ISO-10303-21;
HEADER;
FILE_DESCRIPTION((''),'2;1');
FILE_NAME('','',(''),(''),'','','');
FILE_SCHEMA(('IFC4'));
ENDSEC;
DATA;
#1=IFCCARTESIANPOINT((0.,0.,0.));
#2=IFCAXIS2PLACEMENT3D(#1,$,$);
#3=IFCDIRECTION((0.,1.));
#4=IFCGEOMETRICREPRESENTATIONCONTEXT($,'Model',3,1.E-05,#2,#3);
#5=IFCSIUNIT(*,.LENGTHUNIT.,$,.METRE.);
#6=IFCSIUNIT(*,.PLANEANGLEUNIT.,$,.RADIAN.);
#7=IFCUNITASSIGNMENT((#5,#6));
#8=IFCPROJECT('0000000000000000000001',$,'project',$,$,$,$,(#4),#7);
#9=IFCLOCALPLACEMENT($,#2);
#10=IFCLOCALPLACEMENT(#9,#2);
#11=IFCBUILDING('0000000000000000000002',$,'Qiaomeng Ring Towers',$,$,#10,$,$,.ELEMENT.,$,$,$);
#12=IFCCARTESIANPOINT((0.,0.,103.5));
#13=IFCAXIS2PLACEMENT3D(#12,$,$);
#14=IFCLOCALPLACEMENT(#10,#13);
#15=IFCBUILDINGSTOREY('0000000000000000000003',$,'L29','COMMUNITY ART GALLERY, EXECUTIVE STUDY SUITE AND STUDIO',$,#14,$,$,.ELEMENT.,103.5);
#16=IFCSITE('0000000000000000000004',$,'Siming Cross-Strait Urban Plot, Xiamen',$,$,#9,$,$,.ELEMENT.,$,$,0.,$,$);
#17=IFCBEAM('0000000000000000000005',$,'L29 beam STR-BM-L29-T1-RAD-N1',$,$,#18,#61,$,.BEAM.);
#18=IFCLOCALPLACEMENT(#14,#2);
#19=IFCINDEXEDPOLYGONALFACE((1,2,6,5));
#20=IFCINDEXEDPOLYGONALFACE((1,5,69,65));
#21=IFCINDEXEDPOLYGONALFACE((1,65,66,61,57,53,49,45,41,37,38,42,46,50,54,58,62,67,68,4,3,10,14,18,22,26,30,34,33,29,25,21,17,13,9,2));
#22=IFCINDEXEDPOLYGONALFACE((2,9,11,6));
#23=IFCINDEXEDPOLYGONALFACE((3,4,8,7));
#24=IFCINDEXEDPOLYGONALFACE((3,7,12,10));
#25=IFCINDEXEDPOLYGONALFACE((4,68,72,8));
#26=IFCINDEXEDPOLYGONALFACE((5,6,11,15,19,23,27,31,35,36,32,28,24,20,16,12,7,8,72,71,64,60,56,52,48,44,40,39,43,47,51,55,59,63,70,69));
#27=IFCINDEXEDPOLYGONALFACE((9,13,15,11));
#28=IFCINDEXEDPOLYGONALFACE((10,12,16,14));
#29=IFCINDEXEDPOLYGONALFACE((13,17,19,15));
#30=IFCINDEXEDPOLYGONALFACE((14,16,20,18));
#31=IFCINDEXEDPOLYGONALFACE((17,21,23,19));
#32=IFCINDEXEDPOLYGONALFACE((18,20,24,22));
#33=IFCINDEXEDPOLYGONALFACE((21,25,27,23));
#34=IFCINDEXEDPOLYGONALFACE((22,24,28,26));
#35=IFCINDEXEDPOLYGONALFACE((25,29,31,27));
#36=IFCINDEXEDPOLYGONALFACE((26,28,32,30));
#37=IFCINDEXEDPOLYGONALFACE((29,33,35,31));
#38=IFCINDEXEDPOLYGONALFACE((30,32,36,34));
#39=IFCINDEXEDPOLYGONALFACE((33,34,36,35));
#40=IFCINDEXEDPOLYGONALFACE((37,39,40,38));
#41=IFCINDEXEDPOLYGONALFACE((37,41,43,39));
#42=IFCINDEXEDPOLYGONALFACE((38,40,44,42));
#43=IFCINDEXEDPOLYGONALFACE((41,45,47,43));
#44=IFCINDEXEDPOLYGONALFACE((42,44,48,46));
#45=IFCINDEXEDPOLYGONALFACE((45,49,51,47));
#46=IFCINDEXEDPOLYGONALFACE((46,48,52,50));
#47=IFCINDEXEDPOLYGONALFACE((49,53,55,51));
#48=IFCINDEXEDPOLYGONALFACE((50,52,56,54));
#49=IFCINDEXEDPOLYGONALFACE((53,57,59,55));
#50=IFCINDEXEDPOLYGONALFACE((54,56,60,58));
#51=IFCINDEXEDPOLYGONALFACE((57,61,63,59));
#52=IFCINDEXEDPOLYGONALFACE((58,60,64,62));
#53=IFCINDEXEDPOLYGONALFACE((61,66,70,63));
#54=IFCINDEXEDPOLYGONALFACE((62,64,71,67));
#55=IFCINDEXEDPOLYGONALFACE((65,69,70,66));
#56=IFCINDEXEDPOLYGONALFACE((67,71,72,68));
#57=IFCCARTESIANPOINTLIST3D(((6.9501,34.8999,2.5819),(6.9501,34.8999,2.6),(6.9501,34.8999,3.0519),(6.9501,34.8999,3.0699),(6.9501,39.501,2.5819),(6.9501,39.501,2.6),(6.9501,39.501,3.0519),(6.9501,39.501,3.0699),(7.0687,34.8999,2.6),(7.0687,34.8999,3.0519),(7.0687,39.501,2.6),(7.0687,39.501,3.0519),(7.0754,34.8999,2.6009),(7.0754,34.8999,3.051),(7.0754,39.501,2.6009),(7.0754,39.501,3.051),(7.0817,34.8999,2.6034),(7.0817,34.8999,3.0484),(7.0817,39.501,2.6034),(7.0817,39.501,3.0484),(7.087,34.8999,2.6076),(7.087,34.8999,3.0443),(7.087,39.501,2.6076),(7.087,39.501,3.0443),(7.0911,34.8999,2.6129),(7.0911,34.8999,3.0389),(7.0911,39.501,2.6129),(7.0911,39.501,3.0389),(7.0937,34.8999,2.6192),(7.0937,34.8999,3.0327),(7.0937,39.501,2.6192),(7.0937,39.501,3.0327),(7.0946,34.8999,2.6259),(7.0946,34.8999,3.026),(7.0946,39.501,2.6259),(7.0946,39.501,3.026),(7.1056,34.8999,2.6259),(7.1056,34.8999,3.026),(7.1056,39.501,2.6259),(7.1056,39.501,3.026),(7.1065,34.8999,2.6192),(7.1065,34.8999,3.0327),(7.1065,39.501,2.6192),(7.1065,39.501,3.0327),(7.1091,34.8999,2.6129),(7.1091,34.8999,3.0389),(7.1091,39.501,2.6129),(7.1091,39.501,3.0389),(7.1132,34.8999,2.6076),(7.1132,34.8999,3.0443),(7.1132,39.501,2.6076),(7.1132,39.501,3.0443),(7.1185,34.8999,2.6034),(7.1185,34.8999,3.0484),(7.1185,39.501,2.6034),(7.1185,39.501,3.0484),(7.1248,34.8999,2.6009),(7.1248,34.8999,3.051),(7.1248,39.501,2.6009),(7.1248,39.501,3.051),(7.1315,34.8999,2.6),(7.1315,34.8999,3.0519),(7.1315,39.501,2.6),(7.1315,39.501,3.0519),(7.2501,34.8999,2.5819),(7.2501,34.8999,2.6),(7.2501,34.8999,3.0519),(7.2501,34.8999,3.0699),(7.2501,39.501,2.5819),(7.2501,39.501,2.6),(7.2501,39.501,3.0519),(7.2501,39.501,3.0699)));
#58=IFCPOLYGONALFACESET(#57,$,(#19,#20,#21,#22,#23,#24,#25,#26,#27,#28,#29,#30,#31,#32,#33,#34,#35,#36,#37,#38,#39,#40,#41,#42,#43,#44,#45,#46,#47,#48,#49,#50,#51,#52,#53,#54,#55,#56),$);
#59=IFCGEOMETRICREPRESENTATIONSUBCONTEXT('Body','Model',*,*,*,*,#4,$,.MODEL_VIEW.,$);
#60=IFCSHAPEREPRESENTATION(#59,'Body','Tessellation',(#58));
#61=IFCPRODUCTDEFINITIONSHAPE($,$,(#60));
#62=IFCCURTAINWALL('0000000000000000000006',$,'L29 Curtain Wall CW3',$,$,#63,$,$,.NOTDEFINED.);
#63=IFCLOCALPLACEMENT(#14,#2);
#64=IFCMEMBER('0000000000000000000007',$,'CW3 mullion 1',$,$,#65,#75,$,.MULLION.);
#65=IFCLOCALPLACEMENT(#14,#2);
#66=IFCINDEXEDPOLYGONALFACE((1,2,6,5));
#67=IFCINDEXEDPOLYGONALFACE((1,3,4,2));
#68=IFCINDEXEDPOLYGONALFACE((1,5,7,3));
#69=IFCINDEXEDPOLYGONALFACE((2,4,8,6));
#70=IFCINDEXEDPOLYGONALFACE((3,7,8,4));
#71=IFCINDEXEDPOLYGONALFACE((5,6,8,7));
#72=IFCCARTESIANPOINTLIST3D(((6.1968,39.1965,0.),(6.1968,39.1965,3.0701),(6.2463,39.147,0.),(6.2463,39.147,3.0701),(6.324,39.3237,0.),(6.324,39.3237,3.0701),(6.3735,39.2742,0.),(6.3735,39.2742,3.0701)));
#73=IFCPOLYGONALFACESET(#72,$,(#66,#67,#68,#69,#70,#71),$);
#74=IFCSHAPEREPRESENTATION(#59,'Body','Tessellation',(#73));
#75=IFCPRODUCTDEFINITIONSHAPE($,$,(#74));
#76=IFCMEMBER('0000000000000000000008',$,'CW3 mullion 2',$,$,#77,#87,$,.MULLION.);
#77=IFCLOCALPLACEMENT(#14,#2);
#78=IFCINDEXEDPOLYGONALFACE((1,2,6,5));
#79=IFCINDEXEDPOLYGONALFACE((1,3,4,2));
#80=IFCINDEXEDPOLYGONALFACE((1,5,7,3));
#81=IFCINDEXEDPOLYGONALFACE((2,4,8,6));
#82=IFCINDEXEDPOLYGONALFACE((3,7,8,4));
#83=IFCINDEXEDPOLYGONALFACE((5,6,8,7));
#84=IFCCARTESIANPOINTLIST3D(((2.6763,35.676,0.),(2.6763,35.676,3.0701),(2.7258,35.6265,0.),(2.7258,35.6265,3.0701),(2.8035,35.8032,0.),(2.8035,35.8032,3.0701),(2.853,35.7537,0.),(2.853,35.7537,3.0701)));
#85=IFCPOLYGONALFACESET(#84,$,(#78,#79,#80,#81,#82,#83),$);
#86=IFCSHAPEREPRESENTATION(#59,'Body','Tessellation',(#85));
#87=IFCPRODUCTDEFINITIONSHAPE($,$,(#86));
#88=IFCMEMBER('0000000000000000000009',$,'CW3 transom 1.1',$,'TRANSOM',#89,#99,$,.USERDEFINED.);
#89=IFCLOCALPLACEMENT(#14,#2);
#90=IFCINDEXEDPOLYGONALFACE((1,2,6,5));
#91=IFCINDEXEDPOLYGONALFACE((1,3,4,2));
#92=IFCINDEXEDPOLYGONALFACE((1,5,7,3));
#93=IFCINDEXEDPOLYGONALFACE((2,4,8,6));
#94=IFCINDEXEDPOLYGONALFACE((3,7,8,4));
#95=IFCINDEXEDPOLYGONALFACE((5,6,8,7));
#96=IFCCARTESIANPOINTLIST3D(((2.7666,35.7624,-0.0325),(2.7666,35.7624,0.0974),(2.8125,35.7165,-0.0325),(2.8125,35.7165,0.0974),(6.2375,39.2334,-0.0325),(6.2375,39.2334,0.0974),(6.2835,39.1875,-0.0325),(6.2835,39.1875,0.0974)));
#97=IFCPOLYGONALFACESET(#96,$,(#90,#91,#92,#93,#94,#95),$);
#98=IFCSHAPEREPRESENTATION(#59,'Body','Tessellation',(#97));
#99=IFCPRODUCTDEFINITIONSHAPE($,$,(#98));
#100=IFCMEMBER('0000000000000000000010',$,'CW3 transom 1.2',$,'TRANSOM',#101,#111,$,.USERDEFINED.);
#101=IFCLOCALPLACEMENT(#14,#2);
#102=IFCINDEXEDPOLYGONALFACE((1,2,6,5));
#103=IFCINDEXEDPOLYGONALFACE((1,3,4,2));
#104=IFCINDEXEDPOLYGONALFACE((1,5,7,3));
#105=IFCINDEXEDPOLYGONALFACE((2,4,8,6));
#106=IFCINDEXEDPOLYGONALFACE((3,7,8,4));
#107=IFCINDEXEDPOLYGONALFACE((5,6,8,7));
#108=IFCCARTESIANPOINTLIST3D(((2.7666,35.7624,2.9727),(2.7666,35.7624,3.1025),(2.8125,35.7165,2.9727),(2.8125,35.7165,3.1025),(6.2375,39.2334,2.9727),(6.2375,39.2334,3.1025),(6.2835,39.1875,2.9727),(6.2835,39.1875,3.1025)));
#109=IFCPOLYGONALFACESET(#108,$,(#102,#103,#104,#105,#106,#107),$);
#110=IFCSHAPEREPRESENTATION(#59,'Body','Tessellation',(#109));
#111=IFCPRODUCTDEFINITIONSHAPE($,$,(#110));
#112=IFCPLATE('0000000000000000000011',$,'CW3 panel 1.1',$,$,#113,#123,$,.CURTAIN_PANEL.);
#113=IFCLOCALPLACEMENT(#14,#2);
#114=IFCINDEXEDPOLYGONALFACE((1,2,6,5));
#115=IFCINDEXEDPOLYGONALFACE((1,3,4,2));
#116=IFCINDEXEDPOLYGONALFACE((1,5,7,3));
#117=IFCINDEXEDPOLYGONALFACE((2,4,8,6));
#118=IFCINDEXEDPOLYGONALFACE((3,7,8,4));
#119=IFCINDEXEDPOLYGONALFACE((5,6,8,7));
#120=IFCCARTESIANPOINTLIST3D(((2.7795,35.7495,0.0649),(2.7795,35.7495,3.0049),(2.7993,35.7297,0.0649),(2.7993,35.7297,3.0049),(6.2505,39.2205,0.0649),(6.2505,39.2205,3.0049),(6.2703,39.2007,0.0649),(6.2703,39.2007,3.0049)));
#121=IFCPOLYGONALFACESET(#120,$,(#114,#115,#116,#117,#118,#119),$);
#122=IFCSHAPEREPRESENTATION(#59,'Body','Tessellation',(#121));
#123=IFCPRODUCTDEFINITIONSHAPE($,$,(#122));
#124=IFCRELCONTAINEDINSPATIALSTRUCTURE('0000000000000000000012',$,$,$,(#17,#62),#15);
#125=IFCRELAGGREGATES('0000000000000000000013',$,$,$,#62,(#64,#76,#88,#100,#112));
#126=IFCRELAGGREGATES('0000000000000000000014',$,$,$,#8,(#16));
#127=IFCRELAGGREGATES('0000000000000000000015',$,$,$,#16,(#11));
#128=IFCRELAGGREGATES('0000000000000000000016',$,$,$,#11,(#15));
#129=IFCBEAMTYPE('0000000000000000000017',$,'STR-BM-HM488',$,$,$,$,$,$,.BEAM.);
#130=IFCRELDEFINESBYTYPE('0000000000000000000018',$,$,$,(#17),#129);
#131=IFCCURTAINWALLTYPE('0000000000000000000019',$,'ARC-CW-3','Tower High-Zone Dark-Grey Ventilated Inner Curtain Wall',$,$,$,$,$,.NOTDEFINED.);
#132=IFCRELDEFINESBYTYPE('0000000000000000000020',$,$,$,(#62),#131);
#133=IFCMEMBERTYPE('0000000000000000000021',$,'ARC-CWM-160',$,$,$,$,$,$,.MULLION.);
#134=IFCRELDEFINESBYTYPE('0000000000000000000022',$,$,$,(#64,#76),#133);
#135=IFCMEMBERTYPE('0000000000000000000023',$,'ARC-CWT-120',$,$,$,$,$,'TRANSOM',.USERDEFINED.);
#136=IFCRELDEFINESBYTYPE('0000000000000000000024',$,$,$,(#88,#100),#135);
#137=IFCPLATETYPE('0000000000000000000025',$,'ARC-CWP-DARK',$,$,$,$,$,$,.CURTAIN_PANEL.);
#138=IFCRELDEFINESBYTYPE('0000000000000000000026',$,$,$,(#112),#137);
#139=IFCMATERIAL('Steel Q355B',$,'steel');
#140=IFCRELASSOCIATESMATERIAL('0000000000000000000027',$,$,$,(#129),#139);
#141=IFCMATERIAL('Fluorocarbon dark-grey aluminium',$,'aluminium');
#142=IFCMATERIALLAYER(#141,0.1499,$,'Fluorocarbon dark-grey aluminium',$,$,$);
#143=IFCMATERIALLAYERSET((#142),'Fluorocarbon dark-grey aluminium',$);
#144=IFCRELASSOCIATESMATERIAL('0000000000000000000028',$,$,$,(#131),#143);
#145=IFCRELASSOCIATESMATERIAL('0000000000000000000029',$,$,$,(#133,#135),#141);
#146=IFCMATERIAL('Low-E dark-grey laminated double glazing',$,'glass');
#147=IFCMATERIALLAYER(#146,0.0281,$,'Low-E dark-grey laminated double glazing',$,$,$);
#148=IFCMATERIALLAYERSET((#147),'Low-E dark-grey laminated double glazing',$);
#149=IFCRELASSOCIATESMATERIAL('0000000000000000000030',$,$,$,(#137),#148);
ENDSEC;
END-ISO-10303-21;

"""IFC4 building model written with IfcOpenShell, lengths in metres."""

from ifc_helpers import new_model, si_unit, direction, frame, origin, origin_2d, place, context, subcontext, project, spatial, rectangle, i_section, extrude, source, transform, mapped, material, layer, layer_set, material_profile, profile_set, type_object, element, aggregate, save


model = new_model("IFC4")

# Units and contexts
model_context = context("Model", 3, precision=1e-05, world=origin(), true_north=direction((0.0, 1.0)))
body_context = subcontext(model_context, "Body", "Model", "MODEL_VIEW")
ifc_project = project(units=[si_unit("LENGTHUNIT", "METRE"), si_unit("PLANEANGLEUNIT", "RADIAN")], contexts=[model_context])

# Site, building, storey
site_placement = place(None, origin())
site = spatial("IfcSite", under=ifc_project, at=site_placement, Name="Siming Cross-Strait Urban Plot, Xiamen", CompositionType="ELEMENT", RefElevation=0.0)
building_placement = place(site_placement, origin())
building = spatial("IfcBuilding", under=site, at=building_placement, Name="Qiaomeng Ring Towers", CompositionType="ELEMENT")
storey_placement = place(building_placement, frame((0.0, 0.0, 103.5)))
storey = spatial("IfcBuildingStorey", under=building, at=storey_placement, Name="L29", Description="COMMUNITY ART GALLERY, EXECUTIVE STUDY SUITE AND STUDIO", CompositionType="ELEMENT", Elevation=103.5)

# Beam
ifc_material_1 = material(Name="Steel Q355B", Category="steel")
ifc_material_profile_1 = material_profile(ifc_material_1, i_section(OverallWidth=0.3, OverallDepth=0.488, WebThickness=0.011, FlangeThickness=0.0181, FilletRadius=0.0259, at=origin_2d()), Name="HM 488x300x11x18")
ifc_profile_set_1 = profile_set([ifc_material_profile_1], Name="Steel Q355B")
beam_type_1 = type_object("IfcBeamType", Name="STR-BM-HM488", PredefinedType="BEAM", material=ifc_profile_set_1)
shared_shape_1 = source(origin(), body_context, "Body", "SweptSolid", [
    extrude(i_section(OverallWidth=0.3, OverallDepth=0.488, WebThickness=0.011, FlangeThickness=0.0181, FilletRadius=0.0259, at=origin_2d()), origin(), (0.0, 0.0, 1.0), 4.6011),
])
beam_1_placement = place(storey_placement, frame((7.1001, 39.501, 2.8259), z_axis=(0.0, -1.0, 0.0), x_axis=(1.0, 0.0, 0.0)))
element("IfcBeam", 1, at=beam_1_placement, inside=storey, type_object=beam_type_1, Name="L29 beam STR-BM-L29-T1-RAD-N1", PredefinedType="BEAM", context=body_context, shape_type="MappedRepresentation", body=[
    mapped(shared_shape_1, transform((0.0, 0.0, 0.0), x_axis=(1.0, 0.0, 0.0), y_axis=(0.0, 1.0, 0.0), z_axis=(0.0, 0.0, 1.0), scale=1.0)),
])

# Curtain wall, members, plate
ifc_material_2 = material(Name="Fluorocarbon dark-grey aluminium", Category="aluminium")
ifc_layer_1 = layer(ifc_material_2, 0.1499, Name="Fluorocarbon dark-grey aluminium")
ifc_layer_set_1 = layer_set([ifc_layer_1], Name="Fluorocarbon dark-grey aluminium")
curtain_wall_type = type_object("IfcCurtainWallType", Name="ARC-CW-3", Description="Tower High-Zone Dark-Grey Ventilated Inner Curtain Wall", PredefinedType="NOTDEFINED", material=ifc_layer_set_1)
curtain_wall_placement = place(storey_placement, origin())
curtain_wall = element("IfcCurtainWall", 2, at=curtain_wall_placement, inside=storey, type_object=curtain_wall_type, Name="L29 Curtain Wall CW3", PredefinedType="NOTDEFINED")
ifc_material_profile_2 = material_profile(ifc_material_2, rectangle(XDim=0.0701, YDim=0.1799, at=origin_2d()), Name="ALU MULL 70x180")
ifc_profile_set_2 = profile_set([ifc_material_profile_2], Name="Fluorocarbon dark-grey aluminium")
member_type_1 = type_object("IfcMemberType", Name="ARC-CWM-160", PredefinedType="MULLION", material=ifc_profile_set_2)
shared_shape_2 = source(origin(), body_context, "Body", "SweptSolid", [
    extrude(rectangle(XDim=0.0701, YDim=0.1799, at=origin_2d()), origin(), (0.0, 0.0, 1.0), 3.0701),
])
member_1_placement = place(storey_placement, frame((6.2852, 39.2354, 0.0), z_axis=(0.0, 0.0, 1.0), x_axis=(0.707107, -0.707107, 0.0)))
member_1 = element("IfcMember", 3, at=member_1_placement, type_object=member_type_1, Name="CW3 mullion 1", PredefinedType="MULLION", context=body_context, shape_type="MappedRepresentation", body=[
    mapped(shared_shape_2, transform((0.0, 0.0, 0.0), x_axis=(1.0, 0.0, 0.0), y_axis=(0.0, 1.0, 0.0), z_axis=(0.0, 0.0, 1.0), scale=1.0)),
])
member_2_placement = place(storey_placement, frame((2.7646, 35.7148, 0.0), z_axis=(0.0, 0.0, 1.0), x_axis=(0.707107, -0.707107, 0.0)))
member_2 = element("IfcMember", 4, at=member_2_placement, type_object=member_type_1, Name="CW3 mullion 2", PredefinedType="MULLION", context=body_context, shape_type="MappedRepresentation", body=[
    mapped(shared_shape_2, transform((0.0, 0.0, 0.0), x_axis=(1.0, 0.0, 0.0), y_axis=(0.0, 1.0, 0.0), z_axis=(0.0, 0.0, 1.0), scale=1.0)),
])
ifc_material_profile_3 = material_profile(ifc_material_2, rectangle(XDim=0.0649, YDim=0.1299, at=origin_2d()), Name="ALU TRAN 65x130")
ifc_profile_set_3 = profile_set([ifc_material_profile_3], Name="Fluorocarbon dark-grey aluminium")
member_type_2 = type_object("IfcMemberType", Name="ARC-CWT-120", ElementType="TRANSOM", PredefinedType="USERDEFINED", material=ifc_profile_set_3)
shared_shape_3 = source(origin(), body_context, "Body", "SweptSolid", [
    extrude(rectangle(XDim=0.0649, YDim=0.1299, at=origin_2d()), origin(), (0.0, 0.0, 1.0), 4.9087),
])
member_3_placement = place(storey_placement, frame((6.2605, 39.2104, 0.0325), z_axis=(-0.707107, -0.707107, 0.0), x_axis=(0.707107, -0.707107, 0.0)))
member_3 = element("IfcMember", 5, at=member_3_placement, type_object=member_type_2, Name="CW3 transom 1.1", ObjectType="TRANSOM", PredefinedType="USERDEFINED", context=body_context, shape_type="MappedRepresentation", body=[
    mapped(shared_shape_3, transform((0.0, 0.0, 0.0), x_axis=(1.0, 0.0, 0.0), y_axis=(0.0, 1.0, 0.0), z_axis=(0.0, 0.0, 1.0), scale=1.0)),
])
member_4_placement = place(storey_placement, frame((6.2605, 39.2104, 3.0376), z_axis=(-0.707107, -0.707107, 0.0), x_axis=(0.707107, -0.707107, 0.0)))
member_4 = element("IfcMember", 6, at=member_4_placement, type_object=member_type_2, Name="CW3 transom 1.2", ObjectType="TRANSOM", PredefinedType="USERDEFINED", context=body_context, shape_type="MappedRepresentation", body=[
    mapped(shared_shape_3, transform((0.0, 0.0, 0.0), x_axis=(1.0, 0.0, 0.0), y_axis=(0.0, 1.0, 0.0), z_axis=(0.0, 0.0, 1.0), scale=1.0)),
])
ifc_material_3 = material(Name="Low-E dark-grey laminated double glazing", Category="glass")
ifc_layer_2 = layer(ifc_material_3, 0.0281, Name="Low-E dark-grey laminated double glazing")
ifc_layer_set_2 = layer_set([ifc_layer_2], Name="Low-E dark-grey laminated double glazing")
plate_type = type_object("IfcPlateType", Name="ARC-CWP-DARK", PredefinedType="CURTAIN_PANEL", material=ifc_layer_set_2)
shared_shape_4 = source(origin(), body_context, "Body", "SweptSolid", [
    extrude(rectangle(XDim=4.9087, YDim=0.0281, at=origin_2d()), origin(), (0.0, 0.0, 1.0), 2.9399),
])
plate_placement = place(storey_placement, frame((4.5249, 37.4751, 0.0649), z_axis=(0.0, 0.0, 1.0), x_axis=(-0.707107, -0.707107, 0.0)))
plate = element("IfcPlate", 7, at=plate_placement, type_object=plate_type, Name="CW3 panel 1.1", PredefinedType="CURTAIN_PANEL", context=body_context, shape_type="MappedRepresentation", body=[
    mapped(shared_shape_4, transform((0.0, 0.0, 0.0), x_axis=(1.0, 0.0, 0.0), y_axis=(0.0, 1.0, 0.0), z_axis=(0.0, 0.0, 1.0), scale=1.0)),
])
aggregate(curtain_wall, [member_1, member_2, member_3, member_4, plate])

save(model, "model.ifc")
